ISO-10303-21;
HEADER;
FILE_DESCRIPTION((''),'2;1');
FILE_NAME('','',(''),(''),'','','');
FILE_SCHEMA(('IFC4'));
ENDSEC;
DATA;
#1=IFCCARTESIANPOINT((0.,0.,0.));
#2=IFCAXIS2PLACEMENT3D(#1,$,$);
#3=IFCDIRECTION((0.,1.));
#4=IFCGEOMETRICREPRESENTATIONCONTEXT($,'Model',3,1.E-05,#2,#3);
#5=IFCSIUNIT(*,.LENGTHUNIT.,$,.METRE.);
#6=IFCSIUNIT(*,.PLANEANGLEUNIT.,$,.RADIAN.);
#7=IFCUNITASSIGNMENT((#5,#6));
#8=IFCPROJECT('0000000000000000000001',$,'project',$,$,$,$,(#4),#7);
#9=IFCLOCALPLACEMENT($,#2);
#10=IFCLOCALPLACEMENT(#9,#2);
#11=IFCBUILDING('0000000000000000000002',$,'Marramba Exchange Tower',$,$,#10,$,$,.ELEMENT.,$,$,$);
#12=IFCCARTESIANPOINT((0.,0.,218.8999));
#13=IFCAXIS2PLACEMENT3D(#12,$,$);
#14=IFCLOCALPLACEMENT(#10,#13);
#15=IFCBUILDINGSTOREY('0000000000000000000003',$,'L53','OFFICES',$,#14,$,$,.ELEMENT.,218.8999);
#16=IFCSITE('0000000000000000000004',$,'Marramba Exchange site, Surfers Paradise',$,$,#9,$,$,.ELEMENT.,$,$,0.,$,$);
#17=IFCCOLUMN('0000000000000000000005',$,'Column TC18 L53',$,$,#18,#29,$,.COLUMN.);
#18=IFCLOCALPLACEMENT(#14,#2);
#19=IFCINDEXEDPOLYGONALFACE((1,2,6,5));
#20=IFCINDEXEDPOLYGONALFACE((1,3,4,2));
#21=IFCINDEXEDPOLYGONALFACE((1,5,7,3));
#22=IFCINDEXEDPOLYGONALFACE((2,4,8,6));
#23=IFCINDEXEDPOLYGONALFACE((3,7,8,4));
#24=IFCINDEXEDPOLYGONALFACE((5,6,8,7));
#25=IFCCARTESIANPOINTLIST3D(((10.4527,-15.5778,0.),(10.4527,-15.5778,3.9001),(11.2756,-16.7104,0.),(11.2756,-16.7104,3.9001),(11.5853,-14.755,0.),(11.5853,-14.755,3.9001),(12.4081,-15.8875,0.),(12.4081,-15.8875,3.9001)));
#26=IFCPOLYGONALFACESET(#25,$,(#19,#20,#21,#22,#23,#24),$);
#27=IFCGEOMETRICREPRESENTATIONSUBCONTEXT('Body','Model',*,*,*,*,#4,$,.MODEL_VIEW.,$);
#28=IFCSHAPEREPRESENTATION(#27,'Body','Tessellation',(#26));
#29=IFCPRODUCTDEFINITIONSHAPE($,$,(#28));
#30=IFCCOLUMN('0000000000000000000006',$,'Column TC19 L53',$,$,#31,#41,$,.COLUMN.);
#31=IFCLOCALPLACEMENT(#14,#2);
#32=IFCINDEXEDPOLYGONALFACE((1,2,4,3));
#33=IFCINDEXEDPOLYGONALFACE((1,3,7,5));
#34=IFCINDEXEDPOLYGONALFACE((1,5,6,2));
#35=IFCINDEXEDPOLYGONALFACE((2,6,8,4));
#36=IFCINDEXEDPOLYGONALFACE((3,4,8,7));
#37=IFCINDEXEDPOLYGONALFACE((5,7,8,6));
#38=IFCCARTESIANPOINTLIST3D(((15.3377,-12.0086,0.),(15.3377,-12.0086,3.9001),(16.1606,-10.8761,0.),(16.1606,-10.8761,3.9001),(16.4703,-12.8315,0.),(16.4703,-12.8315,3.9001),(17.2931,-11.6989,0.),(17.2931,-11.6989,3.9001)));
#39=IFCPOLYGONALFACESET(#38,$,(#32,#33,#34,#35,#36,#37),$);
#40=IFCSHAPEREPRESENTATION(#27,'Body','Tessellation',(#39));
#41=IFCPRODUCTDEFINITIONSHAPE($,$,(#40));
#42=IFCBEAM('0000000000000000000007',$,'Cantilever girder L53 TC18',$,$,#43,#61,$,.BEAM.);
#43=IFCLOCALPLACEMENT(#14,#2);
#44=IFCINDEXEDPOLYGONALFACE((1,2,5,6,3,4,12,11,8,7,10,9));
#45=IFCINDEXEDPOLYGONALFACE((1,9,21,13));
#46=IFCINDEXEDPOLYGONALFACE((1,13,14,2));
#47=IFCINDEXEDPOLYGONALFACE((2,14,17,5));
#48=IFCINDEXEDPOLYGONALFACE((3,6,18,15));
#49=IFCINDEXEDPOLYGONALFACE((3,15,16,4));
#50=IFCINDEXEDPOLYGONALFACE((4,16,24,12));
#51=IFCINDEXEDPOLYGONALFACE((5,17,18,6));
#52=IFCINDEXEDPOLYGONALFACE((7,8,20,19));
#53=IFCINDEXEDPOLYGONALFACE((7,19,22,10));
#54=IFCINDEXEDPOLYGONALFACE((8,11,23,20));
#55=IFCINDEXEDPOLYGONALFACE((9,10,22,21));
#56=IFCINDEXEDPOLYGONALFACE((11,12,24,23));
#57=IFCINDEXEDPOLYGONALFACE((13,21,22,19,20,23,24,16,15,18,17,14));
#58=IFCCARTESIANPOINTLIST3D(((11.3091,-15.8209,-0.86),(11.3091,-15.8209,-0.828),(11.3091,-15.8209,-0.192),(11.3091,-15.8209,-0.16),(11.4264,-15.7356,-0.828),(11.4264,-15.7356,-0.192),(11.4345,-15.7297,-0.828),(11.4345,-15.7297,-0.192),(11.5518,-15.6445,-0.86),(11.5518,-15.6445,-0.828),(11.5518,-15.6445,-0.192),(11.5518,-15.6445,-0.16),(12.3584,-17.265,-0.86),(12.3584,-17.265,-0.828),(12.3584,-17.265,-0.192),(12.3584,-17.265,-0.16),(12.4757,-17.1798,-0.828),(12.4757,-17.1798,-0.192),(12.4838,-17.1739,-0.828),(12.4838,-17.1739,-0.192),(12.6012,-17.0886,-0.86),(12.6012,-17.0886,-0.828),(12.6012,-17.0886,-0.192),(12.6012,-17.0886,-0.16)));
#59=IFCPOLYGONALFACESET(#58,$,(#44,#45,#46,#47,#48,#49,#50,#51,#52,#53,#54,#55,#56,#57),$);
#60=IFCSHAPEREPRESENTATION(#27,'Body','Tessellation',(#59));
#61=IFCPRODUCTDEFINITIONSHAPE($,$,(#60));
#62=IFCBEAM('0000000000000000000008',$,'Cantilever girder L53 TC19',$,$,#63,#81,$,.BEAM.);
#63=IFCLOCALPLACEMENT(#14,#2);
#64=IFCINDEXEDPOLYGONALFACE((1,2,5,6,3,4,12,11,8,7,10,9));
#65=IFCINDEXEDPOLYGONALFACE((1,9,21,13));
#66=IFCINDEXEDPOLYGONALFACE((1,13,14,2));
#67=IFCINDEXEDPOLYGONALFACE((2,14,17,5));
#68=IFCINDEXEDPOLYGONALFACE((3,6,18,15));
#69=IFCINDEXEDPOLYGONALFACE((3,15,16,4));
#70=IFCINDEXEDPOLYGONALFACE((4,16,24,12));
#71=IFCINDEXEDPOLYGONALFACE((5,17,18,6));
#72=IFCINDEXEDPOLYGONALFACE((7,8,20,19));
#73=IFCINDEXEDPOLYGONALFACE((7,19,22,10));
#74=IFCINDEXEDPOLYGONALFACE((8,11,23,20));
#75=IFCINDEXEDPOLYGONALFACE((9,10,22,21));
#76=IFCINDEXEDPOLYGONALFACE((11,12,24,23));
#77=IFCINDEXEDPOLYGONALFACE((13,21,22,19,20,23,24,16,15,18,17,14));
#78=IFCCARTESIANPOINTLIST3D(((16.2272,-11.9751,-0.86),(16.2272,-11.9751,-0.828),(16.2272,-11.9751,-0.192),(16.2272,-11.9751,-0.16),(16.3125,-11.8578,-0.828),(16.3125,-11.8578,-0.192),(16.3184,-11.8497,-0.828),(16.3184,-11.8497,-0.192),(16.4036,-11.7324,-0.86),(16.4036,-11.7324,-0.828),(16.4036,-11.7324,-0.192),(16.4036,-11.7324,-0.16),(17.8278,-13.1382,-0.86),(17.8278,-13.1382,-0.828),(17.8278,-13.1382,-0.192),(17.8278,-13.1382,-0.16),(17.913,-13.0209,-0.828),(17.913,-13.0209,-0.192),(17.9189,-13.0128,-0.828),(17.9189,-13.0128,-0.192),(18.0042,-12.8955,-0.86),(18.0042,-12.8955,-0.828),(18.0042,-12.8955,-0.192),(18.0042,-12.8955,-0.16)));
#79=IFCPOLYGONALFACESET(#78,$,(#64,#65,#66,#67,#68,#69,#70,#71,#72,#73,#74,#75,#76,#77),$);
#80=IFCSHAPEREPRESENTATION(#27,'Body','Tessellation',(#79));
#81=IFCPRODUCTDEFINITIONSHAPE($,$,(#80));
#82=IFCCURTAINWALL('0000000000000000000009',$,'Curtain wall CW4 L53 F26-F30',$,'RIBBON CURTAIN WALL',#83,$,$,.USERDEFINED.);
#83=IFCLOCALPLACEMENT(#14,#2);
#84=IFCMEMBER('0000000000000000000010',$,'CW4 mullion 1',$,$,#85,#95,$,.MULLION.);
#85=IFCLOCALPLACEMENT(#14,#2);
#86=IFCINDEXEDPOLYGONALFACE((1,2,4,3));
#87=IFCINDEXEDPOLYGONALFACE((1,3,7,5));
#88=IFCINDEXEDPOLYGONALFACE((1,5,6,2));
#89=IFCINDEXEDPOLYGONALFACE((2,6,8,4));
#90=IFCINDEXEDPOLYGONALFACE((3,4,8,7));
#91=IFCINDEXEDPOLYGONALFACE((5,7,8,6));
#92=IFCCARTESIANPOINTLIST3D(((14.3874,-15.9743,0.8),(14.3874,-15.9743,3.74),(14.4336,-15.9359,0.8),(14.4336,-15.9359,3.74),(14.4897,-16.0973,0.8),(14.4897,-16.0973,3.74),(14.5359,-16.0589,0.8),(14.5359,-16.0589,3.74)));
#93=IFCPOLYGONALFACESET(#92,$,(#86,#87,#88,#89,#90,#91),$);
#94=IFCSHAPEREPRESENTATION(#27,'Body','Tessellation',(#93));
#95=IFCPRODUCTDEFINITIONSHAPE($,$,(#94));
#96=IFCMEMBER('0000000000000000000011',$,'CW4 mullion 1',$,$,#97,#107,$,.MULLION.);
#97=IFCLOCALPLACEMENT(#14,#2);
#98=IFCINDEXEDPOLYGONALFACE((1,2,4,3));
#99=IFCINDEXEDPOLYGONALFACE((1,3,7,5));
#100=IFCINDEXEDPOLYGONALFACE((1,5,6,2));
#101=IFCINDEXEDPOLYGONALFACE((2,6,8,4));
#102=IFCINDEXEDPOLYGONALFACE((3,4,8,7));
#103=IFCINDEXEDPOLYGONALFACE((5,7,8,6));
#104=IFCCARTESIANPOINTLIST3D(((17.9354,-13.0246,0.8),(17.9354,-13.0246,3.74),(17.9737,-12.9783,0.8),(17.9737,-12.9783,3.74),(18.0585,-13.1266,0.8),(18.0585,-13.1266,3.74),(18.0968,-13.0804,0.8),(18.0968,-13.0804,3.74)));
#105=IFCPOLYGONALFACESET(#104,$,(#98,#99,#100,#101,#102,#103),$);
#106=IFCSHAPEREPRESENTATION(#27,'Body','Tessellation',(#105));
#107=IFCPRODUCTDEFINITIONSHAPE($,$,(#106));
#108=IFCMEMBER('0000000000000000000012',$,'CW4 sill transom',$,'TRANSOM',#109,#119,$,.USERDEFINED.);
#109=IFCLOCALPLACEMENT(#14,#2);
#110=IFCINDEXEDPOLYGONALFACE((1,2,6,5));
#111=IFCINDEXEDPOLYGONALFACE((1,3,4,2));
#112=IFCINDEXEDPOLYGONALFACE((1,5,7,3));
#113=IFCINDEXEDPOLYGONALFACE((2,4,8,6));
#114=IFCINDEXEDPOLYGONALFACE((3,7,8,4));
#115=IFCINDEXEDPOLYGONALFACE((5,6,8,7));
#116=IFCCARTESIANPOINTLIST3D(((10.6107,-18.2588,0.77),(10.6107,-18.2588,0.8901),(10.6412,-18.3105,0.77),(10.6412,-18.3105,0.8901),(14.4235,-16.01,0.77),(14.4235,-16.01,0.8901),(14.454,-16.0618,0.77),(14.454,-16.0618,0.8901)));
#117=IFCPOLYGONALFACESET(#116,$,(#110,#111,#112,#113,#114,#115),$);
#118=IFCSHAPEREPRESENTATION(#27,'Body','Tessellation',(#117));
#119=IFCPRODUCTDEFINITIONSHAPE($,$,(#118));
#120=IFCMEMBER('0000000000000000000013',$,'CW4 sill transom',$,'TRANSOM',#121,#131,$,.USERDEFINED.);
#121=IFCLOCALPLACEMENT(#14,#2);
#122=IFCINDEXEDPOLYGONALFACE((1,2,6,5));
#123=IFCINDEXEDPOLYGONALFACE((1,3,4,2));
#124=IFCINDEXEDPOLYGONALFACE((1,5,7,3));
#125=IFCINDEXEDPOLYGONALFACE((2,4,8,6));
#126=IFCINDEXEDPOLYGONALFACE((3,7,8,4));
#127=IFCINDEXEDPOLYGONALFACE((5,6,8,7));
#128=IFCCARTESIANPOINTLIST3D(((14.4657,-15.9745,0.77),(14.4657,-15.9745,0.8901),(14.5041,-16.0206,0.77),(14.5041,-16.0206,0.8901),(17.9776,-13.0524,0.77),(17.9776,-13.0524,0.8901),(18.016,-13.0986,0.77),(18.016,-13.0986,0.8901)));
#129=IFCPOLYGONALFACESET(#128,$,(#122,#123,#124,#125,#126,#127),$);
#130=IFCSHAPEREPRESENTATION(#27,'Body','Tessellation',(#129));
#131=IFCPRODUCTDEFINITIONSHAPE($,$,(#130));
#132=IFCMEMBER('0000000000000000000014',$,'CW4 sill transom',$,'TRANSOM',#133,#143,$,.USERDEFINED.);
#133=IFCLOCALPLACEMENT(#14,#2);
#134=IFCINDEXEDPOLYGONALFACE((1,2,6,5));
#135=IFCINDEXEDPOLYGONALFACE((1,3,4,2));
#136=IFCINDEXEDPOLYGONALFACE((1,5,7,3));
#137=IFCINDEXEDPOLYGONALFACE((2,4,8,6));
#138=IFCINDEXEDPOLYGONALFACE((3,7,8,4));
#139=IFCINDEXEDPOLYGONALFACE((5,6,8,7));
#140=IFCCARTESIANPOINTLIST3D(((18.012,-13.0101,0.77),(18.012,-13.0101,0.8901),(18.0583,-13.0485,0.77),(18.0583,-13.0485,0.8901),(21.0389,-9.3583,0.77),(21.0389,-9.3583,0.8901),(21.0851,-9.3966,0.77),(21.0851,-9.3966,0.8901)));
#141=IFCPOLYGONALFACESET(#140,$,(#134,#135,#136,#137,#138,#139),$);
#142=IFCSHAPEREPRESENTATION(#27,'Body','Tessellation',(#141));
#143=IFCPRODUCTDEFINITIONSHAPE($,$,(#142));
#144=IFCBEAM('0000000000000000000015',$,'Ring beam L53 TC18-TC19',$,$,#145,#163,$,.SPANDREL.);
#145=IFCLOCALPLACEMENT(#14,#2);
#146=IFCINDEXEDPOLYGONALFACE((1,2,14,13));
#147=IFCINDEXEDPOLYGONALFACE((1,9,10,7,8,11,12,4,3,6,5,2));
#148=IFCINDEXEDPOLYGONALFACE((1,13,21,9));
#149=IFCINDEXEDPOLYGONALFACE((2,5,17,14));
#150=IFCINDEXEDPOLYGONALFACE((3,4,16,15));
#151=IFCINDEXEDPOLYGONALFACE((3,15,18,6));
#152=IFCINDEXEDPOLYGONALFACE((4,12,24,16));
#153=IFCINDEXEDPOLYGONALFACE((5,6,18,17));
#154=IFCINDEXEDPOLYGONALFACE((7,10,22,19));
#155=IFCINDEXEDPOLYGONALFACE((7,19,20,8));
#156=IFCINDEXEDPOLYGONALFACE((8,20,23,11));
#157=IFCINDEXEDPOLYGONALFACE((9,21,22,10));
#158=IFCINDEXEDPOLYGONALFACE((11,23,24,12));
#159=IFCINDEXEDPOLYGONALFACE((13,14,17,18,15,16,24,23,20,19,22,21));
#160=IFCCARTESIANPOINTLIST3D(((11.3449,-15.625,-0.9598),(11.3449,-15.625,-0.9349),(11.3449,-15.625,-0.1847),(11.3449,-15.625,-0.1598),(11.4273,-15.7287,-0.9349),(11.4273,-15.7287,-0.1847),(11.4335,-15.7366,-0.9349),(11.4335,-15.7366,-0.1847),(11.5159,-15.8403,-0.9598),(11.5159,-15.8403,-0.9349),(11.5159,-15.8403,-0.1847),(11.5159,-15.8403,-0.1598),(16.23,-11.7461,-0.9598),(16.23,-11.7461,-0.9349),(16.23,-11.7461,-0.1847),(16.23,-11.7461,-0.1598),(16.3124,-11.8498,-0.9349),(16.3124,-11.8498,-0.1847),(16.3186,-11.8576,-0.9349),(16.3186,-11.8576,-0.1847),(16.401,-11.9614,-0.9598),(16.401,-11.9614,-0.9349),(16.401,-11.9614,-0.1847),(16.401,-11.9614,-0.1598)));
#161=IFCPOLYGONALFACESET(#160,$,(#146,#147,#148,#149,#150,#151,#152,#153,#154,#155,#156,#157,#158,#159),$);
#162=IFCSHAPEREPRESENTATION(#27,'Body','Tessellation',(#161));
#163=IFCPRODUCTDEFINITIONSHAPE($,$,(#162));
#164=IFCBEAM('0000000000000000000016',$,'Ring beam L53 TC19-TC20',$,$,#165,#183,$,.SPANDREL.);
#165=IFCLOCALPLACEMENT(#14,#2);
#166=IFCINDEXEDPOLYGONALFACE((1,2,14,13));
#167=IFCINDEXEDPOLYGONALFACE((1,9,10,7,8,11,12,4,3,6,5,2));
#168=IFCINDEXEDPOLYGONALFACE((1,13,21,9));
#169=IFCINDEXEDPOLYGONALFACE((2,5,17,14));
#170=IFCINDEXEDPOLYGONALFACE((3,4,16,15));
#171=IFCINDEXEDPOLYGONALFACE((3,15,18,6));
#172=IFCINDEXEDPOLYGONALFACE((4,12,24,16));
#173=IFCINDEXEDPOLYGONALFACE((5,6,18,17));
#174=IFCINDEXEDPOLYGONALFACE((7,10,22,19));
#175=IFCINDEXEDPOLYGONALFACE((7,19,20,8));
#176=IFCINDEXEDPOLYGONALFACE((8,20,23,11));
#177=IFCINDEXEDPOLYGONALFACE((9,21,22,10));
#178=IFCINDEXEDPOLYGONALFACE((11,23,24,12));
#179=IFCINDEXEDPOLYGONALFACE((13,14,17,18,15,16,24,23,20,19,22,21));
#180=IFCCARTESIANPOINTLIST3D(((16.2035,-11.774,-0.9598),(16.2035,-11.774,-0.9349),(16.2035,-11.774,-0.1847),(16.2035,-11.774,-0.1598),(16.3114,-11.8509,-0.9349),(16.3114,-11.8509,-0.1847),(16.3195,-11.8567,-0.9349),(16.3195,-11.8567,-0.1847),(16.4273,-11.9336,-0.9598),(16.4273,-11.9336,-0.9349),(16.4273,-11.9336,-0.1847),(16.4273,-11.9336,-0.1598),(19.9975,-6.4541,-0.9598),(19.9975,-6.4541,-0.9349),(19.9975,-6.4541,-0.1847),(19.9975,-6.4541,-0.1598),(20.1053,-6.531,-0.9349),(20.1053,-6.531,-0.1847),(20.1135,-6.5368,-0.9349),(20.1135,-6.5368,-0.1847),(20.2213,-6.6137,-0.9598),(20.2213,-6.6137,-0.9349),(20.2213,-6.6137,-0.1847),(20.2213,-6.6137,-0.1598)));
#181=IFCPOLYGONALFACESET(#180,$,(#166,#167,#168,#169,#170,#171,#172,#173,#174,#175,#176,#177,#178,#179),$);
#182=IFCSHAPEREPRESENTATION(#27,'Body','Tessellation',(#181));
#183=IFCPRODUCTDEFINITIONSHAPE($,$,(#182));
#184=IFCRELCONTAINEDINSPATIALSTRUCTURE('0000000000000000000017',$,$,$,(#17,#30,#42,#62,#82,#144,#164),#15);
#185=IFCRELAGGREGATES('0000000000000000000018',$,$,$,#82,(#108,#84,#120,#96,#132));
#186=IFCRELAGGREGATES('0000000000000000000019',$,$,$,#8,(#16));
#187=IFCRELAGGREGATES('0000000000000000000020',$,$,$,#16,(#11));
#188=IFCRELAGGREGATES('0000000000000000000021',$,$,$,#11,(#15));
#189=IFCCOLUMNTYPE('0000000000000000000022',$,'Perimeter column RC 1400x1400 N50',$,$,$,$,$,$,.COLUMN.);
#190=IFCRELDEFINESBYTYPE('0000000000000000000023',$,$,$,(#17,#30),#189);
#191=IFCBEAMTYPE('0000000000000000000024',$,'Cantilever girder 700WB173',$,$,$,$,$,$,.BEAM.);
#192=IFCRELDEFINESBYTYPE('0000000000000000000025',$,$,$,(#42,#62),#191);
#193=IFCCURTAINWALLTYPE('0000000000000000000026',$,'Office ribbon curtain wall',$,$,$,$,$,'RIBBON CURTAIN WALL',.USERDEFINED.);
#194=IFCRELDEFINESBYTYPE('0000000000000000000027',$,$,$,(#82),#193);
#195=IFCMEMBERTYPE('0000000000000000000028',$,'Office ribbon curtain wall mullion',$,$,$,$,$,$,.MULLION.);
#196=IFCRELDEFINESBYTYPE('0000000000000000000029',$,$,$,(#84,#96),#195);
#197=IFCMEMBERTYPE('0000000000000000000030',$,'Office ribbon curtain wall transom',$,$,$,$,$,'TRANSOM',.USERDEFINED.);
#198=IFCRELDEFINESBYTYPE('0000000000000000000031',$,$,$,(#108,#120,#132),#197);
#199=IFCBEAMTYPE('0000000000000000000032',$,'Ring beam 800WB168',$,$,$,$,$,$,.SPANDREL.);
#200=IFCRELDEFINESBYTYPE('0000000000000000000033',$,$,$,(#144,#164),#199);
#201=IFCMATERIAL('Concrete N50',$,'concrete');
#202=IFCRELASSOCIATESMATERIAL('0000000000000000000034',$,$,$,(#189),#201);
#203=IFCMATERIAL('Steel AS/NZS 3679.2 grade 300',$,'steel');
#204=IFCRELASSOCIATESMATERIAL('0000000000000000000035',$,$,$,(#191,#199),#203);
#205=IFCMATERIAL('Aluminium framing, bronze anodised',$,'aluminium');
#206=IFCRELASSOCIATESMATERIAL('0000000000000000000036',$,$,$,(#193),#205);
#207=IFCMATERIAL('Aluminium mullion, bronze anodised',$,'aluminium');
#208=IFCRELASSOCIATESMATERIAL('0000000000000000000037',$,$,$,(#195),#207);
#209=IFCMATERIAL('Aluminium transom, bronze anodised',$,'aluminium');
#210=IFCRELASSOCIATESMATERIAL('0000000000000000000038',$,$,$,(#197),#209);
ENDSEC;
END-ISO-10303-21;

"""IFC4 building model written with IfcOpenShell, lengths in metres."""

from ifc_helpers import new_model, si_unit, direction, frame, origin, origin_2d, place, context, subcontext, project, spatial, rectangle, i_section, extrude, material, material_profile, profile_set, type_object, element, aggregate, save


model = new_model("IFC4")

# Units and contexts
model_context = context("Model", 3, precision=1e-05, world=origin(), true_north=direction((0.0, 1.0)))
body_context = subcontext(model_context, "Body", "Model", "MODEL_VIEW")
ifc_project = project(units=[si_unit("LENGTHUNIT", "METRE"), si_unit("PLANEANGLEUNIT", "RADIAN")], contexts=[model_context])

# Site, building, storey
site_placement = place(None, origin())
site = spatial("IfcSite", under=ifc_project, at=site_placement, Name="Marramba Exchange site, Surfers Paradise", CompositionType="ELEMENT", RefElevation=0.0)
building_placement = place(site_placement, origin())
building = spatial("IfcBuilding", under=site, at=building_placement, Name="Marramba Exchange Tower", CompositionType="ELEMENT")
storey_placement = place(building_placement, frame((0.0, 0.0, 218.8999)))
storey = spatial("IfcBuildingStorey", under=building, at=storey_placement, Name="L53", Description="OFFICES", CompositionType="ELEMENT", Elevation=218.8999)

# Columns
ifc_material_1 = material(Name="Concrete N50", Category="concrete")
ifc_material_profile_1 = material_profile(ifc_material_1, rectangle(XDim=1.3999, YDim=1.3999, at=origin_2d()), Name="RC 1400x1400")
ifc_profile_set_1 = profile_set([ifc_material_profile_1], Name="Concrete N50")
column_type = type_object("IfcColumnType", Name="Perimeter column RC 1400x1400 N50", PredefinedType="COLUMN", material=ifc_profile_set_1)
for number, where, z_axis, x_axis, name in (
    (1, (11.4304, -15.7327, 0.0), (0.0, 0.0, 1.0), (0.587785, -0.809017, 0.0), "Column TC18 L53"),
    (2, (16.3154, -11.8538, 0.0), (0.0, 0.0, 1.0), (0.809017, -0.587785, 0.0), "Column TC19 L53"),
):
    element("IfcColumn", number, at=place(storey_placement, frame(where, z_axis=z_axis, x_axis=x_axis)), inside=storey, type_object=column_type, Name=name, PredefinedType="COLUMN", context=body_context, shape_type="SweptSolid", body=[
        extrude(rectangle(XDim=1.3999, YDim=1.3999, at=origin_2d()), origin(), (0.0, 0.0, 1.0), 3.9001),
    ])

# Beams
ifc_material_2 = material(Name="Steel AS/NZS 3679.2 grade 300", Category="steel")
ifc_material_profile_2 = material_profile(ifc_material_2, i_section(OverallWidth=0.3, OverallDepth=0.7, WebThickness=0.01, FlangeThickness=0.032, at=origin_2d()), Name="700WB173")
ifc_profile_set_2 = profile_set([ifc_material_profile_2], Name="Steel AS/NZS 3679.2 grade 300")
beam_type_1 = type_object("IfcBeamType", Name="Cantilever girder 700WB173", PredefinedType="BEAM", material=ifc_profile_set_2)
beam_1_placement = place(storey_placement, frame((11.4304, -15.7327, -0.51), z_axis=(0.58783, -0.808984, 0.0), x_axis=(0.808984, 0.58783, 0.0)))
element("IfcBeam", 3, at=beam_1_placement, inside=storey, type_object=beam_type_1, Name="Cantilever girder L53 TC18", PredefinedType="BEAM", context=body_context, shape_type="SweptSolid", body=[
    extrude(i_section(OverallWidth=0.3, OverallDepth=0.7, WebThickness=0.01, FlangeThickness=0.032, at=origin_2d()), origin(), (0.0, 0.0, 1.0), 1.7852),
])
beam_2_placement = place(storey_placement, frame((16.3154, -11.8538, -0.51), z_axis=(0.808971, -0.587849, 0.0), x_axis=(0.587849, 0.808971, 0.0)))
element("IfcBeam", 4, at=beam_2_placement, inside=storey, type_object=beam_type_1, Name="Cantilever girder L53 TC19", PredefinedType="BEAM", context=body_context, shape_type="SweptSolid", body=[
    extrude(i_section(OverallWidth=0.3, OverallDepth=0.7, WebThickness=0.01, FlangeThickness=0.032, at=origin_2d()), origin(), (0.0, 0.0, 1.0), 1.9785),
])

# Curtain wall, members
ifc_material_3 = material(Name="Aluminium framing, bronze anodised", Category="aluminium")
curtain_wall_type = type_object("IfcCurtainWallType", Name="Office ribbon curtain wall", ElementType="RIBBON CURTAIN WALL", PredefinedType="USERDEFINED", material=ifc_material_3)
curtain_wall_placement = place(storey_placement, origin())
curtain_wall = element("IfcCurtainWall", 5, at=curtain_wall_placement, inside=storey, type_object=curtain_wall_type, Name="Curtain wall CW4 L53 F26-F30", ObjectType="RIBBON CURTAIN WALL", PredefinedType="USERDEFINED")
ifc_material_4 = material(Name="Aluminium mullion, bronze anodised", Category="aluminium")
ifc_material_profile_3 = material_profile(ifc_material_4, rectangle(XDim=0.1599, YDim=0.0601, at=origin_2d()), Name="CW4 mullion 60x160")
ifc_profile_set_3 = profile_set([ifc_material_profile_3], Name="Aluminium mullion, bronze anodised")
member_type_1 = type_object("IfcMemberType", Name="Office ribbon curtain wall mullion", PredefinedType="MULLION", material=ifc_profile_set_3)
member_1_placement = place(storey_placement, frame((14.4617, -16.0166, 0.8), z_axis=(0.0, 0.0, 1.0), x_axis=(-0.639565, 0.768737, 0.0)))
member_1 = element("IfcMember", 6, at=member_1_placement, type_object=member_type_1, Name="CW4 mullion 1", PredefinedType="MULLION", context=body_context, shape_type="SweptSolid", body=[
    extrude(rectangle(XDim=0.1599, YDim=0.0601, at=origin_2d()), origin(), (0.0, 0.0, 1.0), 2.9399),
])
member_2_placement = place(storey_placement, frame((18.0161, -13.0525, 0.8), z_axis=(0.0, 0.0, 1.0), x_axis=(-0.769912, 0.63815, 0.0)))
member_2 = element("IfcMember", 7, at=member_2_placement, type_object=member_type_1, Name="CW4 mullion 1", PredefinedType="MULLION", context=body_context, shape_type="SweptSolid", body=[
    extrude(rectangle(XDim=0.1599, YDim=0.0601, at=origin_2d()), origin(), (0.0, 0.0, 1.0), 2.9399),
])
ifc_material_5 = material(Name="Aluminium transom, bronze anodised", Category="aluminium")
ifc_material_profile_4 = material_profile(ifc_material_5, rectangle(XDim=0.0601, YDim=0.1201, at=origin_2d()), Name="CW4 transom 60x120")
ifc_profile_set_4 = profile_set([ifc_material_profile_4], Name="Aluminium transom, bronze anodised")
member_type_2 = type_object("IfcMemberType", Name="Office ribbon curtain wall transom", ElementType="TRANSOM", PredefinedType="USERDEFINED", material=ifc_profile_set_4)
member_3_placement = place(storey_placement, frame((10.626, -18.2847, 0.8301), z_axis=(0.861342, 0.508025, 0.0), x_axis=(-0.508025, 0.861342, 0.0)))
member_3 = element("IfcMember", 8, at=member_3_placement, type_object=member_type_2, Name="CW4 sill transom", ObjectType="TRANSOM", PredefinedType="USERDEFINED", context=body_context, shape_type="SweptSolid", body=[
    extrude(rectangle(XDim=0.0601, YDim=0.1201, at=origin_2d()), origin(), (0.0, 0.0, 1.0), 4.4265),
])
member_4_placement = place(storey_placement, frame((14.4849, -15.9976, 0.8301), z_axis=(0.768707, 0.639601, 0.0), x_axis=(-0.639601, 0.768707, 0.0)))
member_4 = element("IfcMember", 9, at=member_4_placement, type_object=member_type_2, Name="CW4 sill transom", ObjectType="TRANSOM", PredefinedType="USERDEFINED", context=body_context, shape_type="SweptSolid", body=[
    extrude(rectangle(XDim=0.0601, YDim=0.1201, at=origin_2d()), origin(), (0.0, 0.0, 1.0), 4.5686),
])
member_5_placement = place(storey_placement, frame((18.0352, -13.0293, 0.8301), z_axis=(0.638147, 0.769915, 0.0), x_axis=(-0.769915, 0.638147, 0.0)))
member_5 = element("IfcMember", 10, at=member_5_placement, type_object=member_type_2, Name="CW4 sill transom", ObjectType="TRANSOM", PredefinedType="USERDEFINED", context=body_context, shape_type="SweptSolid", body=[
    extrude(rectangle(XDim=0.0601, YDim=0.1201, at=origin_2d()), origin(), (0.0, 0.0, 1.0), 4.7432),
])

# Beams
ifc_material_profile_5 = material_profile(ifc_material_2, i_section(OverallWidth=0.2749, OverallDepth=0.8, WebThickness=0.01, FlangeThickness=0.0249, at=origin_2d()), Name="800WB168")
ifc_profile_set_5 = profile_set([ifc_material_profile_5], Name="Steel AS/NZS 3679.2 grade 300")
beam_type_2 = type_object("IfcBeamType", Name="Ring beam 800WB168", PredefinedType="SPANDREL", material=ifc_profile_set_5)
beam_3_placement = place(storey_placement, frame((11.4304, -15.7327, -0.5598), z_axis=(0.783139, 0.621846, 0.0), x_axis=(-0.621846, 0.783139, 0.0)))
element("IfcBeam", 11, at=beam_3_placement, inside=storey, type_object=beam_type_2, Name="Ring beam L53 TC18-TC19", PredefinedType="SPANDREL", context=body_context, shape_type="SweptSolid", body=[
    extrude(i_section(OverallWidth=0.2749, OverallDepth=0.8, WebThickness=0.01, FlangeThickness=0.0249, at=origin_2d()), origin(), (0.0, 0.0, 1.0), 6.2378),
])
beam_4_placement = place(storey_placement, frame((16.3154, -11.8538, -0.5598), z_axis=(0.580637, 0.814162, 0.0), x_axis=(-0.814162, 0.580637, 0.0)))
element("IfcBeam", 12, at=beam_4_placement, inside=storey, type_object=beam_type_2, Name="Ring beam L53 TC19-TC20", PredefinedType="SPANDREL", context=body_context, shape_type="SweptSolid", body=[
    extrude(i_section(OverallWidth=0.2749, OverallDepth=0.8, WebThickness=0.01, FlangeThickness=0.0249, at=origin_2d()), origin(), (0.0, 0.0, 1.0), 6.5342),
])

aggregate(curtain_wall, [member_3, member_1, member_4, member_2, member_5])

save(model, "model.ifc")
